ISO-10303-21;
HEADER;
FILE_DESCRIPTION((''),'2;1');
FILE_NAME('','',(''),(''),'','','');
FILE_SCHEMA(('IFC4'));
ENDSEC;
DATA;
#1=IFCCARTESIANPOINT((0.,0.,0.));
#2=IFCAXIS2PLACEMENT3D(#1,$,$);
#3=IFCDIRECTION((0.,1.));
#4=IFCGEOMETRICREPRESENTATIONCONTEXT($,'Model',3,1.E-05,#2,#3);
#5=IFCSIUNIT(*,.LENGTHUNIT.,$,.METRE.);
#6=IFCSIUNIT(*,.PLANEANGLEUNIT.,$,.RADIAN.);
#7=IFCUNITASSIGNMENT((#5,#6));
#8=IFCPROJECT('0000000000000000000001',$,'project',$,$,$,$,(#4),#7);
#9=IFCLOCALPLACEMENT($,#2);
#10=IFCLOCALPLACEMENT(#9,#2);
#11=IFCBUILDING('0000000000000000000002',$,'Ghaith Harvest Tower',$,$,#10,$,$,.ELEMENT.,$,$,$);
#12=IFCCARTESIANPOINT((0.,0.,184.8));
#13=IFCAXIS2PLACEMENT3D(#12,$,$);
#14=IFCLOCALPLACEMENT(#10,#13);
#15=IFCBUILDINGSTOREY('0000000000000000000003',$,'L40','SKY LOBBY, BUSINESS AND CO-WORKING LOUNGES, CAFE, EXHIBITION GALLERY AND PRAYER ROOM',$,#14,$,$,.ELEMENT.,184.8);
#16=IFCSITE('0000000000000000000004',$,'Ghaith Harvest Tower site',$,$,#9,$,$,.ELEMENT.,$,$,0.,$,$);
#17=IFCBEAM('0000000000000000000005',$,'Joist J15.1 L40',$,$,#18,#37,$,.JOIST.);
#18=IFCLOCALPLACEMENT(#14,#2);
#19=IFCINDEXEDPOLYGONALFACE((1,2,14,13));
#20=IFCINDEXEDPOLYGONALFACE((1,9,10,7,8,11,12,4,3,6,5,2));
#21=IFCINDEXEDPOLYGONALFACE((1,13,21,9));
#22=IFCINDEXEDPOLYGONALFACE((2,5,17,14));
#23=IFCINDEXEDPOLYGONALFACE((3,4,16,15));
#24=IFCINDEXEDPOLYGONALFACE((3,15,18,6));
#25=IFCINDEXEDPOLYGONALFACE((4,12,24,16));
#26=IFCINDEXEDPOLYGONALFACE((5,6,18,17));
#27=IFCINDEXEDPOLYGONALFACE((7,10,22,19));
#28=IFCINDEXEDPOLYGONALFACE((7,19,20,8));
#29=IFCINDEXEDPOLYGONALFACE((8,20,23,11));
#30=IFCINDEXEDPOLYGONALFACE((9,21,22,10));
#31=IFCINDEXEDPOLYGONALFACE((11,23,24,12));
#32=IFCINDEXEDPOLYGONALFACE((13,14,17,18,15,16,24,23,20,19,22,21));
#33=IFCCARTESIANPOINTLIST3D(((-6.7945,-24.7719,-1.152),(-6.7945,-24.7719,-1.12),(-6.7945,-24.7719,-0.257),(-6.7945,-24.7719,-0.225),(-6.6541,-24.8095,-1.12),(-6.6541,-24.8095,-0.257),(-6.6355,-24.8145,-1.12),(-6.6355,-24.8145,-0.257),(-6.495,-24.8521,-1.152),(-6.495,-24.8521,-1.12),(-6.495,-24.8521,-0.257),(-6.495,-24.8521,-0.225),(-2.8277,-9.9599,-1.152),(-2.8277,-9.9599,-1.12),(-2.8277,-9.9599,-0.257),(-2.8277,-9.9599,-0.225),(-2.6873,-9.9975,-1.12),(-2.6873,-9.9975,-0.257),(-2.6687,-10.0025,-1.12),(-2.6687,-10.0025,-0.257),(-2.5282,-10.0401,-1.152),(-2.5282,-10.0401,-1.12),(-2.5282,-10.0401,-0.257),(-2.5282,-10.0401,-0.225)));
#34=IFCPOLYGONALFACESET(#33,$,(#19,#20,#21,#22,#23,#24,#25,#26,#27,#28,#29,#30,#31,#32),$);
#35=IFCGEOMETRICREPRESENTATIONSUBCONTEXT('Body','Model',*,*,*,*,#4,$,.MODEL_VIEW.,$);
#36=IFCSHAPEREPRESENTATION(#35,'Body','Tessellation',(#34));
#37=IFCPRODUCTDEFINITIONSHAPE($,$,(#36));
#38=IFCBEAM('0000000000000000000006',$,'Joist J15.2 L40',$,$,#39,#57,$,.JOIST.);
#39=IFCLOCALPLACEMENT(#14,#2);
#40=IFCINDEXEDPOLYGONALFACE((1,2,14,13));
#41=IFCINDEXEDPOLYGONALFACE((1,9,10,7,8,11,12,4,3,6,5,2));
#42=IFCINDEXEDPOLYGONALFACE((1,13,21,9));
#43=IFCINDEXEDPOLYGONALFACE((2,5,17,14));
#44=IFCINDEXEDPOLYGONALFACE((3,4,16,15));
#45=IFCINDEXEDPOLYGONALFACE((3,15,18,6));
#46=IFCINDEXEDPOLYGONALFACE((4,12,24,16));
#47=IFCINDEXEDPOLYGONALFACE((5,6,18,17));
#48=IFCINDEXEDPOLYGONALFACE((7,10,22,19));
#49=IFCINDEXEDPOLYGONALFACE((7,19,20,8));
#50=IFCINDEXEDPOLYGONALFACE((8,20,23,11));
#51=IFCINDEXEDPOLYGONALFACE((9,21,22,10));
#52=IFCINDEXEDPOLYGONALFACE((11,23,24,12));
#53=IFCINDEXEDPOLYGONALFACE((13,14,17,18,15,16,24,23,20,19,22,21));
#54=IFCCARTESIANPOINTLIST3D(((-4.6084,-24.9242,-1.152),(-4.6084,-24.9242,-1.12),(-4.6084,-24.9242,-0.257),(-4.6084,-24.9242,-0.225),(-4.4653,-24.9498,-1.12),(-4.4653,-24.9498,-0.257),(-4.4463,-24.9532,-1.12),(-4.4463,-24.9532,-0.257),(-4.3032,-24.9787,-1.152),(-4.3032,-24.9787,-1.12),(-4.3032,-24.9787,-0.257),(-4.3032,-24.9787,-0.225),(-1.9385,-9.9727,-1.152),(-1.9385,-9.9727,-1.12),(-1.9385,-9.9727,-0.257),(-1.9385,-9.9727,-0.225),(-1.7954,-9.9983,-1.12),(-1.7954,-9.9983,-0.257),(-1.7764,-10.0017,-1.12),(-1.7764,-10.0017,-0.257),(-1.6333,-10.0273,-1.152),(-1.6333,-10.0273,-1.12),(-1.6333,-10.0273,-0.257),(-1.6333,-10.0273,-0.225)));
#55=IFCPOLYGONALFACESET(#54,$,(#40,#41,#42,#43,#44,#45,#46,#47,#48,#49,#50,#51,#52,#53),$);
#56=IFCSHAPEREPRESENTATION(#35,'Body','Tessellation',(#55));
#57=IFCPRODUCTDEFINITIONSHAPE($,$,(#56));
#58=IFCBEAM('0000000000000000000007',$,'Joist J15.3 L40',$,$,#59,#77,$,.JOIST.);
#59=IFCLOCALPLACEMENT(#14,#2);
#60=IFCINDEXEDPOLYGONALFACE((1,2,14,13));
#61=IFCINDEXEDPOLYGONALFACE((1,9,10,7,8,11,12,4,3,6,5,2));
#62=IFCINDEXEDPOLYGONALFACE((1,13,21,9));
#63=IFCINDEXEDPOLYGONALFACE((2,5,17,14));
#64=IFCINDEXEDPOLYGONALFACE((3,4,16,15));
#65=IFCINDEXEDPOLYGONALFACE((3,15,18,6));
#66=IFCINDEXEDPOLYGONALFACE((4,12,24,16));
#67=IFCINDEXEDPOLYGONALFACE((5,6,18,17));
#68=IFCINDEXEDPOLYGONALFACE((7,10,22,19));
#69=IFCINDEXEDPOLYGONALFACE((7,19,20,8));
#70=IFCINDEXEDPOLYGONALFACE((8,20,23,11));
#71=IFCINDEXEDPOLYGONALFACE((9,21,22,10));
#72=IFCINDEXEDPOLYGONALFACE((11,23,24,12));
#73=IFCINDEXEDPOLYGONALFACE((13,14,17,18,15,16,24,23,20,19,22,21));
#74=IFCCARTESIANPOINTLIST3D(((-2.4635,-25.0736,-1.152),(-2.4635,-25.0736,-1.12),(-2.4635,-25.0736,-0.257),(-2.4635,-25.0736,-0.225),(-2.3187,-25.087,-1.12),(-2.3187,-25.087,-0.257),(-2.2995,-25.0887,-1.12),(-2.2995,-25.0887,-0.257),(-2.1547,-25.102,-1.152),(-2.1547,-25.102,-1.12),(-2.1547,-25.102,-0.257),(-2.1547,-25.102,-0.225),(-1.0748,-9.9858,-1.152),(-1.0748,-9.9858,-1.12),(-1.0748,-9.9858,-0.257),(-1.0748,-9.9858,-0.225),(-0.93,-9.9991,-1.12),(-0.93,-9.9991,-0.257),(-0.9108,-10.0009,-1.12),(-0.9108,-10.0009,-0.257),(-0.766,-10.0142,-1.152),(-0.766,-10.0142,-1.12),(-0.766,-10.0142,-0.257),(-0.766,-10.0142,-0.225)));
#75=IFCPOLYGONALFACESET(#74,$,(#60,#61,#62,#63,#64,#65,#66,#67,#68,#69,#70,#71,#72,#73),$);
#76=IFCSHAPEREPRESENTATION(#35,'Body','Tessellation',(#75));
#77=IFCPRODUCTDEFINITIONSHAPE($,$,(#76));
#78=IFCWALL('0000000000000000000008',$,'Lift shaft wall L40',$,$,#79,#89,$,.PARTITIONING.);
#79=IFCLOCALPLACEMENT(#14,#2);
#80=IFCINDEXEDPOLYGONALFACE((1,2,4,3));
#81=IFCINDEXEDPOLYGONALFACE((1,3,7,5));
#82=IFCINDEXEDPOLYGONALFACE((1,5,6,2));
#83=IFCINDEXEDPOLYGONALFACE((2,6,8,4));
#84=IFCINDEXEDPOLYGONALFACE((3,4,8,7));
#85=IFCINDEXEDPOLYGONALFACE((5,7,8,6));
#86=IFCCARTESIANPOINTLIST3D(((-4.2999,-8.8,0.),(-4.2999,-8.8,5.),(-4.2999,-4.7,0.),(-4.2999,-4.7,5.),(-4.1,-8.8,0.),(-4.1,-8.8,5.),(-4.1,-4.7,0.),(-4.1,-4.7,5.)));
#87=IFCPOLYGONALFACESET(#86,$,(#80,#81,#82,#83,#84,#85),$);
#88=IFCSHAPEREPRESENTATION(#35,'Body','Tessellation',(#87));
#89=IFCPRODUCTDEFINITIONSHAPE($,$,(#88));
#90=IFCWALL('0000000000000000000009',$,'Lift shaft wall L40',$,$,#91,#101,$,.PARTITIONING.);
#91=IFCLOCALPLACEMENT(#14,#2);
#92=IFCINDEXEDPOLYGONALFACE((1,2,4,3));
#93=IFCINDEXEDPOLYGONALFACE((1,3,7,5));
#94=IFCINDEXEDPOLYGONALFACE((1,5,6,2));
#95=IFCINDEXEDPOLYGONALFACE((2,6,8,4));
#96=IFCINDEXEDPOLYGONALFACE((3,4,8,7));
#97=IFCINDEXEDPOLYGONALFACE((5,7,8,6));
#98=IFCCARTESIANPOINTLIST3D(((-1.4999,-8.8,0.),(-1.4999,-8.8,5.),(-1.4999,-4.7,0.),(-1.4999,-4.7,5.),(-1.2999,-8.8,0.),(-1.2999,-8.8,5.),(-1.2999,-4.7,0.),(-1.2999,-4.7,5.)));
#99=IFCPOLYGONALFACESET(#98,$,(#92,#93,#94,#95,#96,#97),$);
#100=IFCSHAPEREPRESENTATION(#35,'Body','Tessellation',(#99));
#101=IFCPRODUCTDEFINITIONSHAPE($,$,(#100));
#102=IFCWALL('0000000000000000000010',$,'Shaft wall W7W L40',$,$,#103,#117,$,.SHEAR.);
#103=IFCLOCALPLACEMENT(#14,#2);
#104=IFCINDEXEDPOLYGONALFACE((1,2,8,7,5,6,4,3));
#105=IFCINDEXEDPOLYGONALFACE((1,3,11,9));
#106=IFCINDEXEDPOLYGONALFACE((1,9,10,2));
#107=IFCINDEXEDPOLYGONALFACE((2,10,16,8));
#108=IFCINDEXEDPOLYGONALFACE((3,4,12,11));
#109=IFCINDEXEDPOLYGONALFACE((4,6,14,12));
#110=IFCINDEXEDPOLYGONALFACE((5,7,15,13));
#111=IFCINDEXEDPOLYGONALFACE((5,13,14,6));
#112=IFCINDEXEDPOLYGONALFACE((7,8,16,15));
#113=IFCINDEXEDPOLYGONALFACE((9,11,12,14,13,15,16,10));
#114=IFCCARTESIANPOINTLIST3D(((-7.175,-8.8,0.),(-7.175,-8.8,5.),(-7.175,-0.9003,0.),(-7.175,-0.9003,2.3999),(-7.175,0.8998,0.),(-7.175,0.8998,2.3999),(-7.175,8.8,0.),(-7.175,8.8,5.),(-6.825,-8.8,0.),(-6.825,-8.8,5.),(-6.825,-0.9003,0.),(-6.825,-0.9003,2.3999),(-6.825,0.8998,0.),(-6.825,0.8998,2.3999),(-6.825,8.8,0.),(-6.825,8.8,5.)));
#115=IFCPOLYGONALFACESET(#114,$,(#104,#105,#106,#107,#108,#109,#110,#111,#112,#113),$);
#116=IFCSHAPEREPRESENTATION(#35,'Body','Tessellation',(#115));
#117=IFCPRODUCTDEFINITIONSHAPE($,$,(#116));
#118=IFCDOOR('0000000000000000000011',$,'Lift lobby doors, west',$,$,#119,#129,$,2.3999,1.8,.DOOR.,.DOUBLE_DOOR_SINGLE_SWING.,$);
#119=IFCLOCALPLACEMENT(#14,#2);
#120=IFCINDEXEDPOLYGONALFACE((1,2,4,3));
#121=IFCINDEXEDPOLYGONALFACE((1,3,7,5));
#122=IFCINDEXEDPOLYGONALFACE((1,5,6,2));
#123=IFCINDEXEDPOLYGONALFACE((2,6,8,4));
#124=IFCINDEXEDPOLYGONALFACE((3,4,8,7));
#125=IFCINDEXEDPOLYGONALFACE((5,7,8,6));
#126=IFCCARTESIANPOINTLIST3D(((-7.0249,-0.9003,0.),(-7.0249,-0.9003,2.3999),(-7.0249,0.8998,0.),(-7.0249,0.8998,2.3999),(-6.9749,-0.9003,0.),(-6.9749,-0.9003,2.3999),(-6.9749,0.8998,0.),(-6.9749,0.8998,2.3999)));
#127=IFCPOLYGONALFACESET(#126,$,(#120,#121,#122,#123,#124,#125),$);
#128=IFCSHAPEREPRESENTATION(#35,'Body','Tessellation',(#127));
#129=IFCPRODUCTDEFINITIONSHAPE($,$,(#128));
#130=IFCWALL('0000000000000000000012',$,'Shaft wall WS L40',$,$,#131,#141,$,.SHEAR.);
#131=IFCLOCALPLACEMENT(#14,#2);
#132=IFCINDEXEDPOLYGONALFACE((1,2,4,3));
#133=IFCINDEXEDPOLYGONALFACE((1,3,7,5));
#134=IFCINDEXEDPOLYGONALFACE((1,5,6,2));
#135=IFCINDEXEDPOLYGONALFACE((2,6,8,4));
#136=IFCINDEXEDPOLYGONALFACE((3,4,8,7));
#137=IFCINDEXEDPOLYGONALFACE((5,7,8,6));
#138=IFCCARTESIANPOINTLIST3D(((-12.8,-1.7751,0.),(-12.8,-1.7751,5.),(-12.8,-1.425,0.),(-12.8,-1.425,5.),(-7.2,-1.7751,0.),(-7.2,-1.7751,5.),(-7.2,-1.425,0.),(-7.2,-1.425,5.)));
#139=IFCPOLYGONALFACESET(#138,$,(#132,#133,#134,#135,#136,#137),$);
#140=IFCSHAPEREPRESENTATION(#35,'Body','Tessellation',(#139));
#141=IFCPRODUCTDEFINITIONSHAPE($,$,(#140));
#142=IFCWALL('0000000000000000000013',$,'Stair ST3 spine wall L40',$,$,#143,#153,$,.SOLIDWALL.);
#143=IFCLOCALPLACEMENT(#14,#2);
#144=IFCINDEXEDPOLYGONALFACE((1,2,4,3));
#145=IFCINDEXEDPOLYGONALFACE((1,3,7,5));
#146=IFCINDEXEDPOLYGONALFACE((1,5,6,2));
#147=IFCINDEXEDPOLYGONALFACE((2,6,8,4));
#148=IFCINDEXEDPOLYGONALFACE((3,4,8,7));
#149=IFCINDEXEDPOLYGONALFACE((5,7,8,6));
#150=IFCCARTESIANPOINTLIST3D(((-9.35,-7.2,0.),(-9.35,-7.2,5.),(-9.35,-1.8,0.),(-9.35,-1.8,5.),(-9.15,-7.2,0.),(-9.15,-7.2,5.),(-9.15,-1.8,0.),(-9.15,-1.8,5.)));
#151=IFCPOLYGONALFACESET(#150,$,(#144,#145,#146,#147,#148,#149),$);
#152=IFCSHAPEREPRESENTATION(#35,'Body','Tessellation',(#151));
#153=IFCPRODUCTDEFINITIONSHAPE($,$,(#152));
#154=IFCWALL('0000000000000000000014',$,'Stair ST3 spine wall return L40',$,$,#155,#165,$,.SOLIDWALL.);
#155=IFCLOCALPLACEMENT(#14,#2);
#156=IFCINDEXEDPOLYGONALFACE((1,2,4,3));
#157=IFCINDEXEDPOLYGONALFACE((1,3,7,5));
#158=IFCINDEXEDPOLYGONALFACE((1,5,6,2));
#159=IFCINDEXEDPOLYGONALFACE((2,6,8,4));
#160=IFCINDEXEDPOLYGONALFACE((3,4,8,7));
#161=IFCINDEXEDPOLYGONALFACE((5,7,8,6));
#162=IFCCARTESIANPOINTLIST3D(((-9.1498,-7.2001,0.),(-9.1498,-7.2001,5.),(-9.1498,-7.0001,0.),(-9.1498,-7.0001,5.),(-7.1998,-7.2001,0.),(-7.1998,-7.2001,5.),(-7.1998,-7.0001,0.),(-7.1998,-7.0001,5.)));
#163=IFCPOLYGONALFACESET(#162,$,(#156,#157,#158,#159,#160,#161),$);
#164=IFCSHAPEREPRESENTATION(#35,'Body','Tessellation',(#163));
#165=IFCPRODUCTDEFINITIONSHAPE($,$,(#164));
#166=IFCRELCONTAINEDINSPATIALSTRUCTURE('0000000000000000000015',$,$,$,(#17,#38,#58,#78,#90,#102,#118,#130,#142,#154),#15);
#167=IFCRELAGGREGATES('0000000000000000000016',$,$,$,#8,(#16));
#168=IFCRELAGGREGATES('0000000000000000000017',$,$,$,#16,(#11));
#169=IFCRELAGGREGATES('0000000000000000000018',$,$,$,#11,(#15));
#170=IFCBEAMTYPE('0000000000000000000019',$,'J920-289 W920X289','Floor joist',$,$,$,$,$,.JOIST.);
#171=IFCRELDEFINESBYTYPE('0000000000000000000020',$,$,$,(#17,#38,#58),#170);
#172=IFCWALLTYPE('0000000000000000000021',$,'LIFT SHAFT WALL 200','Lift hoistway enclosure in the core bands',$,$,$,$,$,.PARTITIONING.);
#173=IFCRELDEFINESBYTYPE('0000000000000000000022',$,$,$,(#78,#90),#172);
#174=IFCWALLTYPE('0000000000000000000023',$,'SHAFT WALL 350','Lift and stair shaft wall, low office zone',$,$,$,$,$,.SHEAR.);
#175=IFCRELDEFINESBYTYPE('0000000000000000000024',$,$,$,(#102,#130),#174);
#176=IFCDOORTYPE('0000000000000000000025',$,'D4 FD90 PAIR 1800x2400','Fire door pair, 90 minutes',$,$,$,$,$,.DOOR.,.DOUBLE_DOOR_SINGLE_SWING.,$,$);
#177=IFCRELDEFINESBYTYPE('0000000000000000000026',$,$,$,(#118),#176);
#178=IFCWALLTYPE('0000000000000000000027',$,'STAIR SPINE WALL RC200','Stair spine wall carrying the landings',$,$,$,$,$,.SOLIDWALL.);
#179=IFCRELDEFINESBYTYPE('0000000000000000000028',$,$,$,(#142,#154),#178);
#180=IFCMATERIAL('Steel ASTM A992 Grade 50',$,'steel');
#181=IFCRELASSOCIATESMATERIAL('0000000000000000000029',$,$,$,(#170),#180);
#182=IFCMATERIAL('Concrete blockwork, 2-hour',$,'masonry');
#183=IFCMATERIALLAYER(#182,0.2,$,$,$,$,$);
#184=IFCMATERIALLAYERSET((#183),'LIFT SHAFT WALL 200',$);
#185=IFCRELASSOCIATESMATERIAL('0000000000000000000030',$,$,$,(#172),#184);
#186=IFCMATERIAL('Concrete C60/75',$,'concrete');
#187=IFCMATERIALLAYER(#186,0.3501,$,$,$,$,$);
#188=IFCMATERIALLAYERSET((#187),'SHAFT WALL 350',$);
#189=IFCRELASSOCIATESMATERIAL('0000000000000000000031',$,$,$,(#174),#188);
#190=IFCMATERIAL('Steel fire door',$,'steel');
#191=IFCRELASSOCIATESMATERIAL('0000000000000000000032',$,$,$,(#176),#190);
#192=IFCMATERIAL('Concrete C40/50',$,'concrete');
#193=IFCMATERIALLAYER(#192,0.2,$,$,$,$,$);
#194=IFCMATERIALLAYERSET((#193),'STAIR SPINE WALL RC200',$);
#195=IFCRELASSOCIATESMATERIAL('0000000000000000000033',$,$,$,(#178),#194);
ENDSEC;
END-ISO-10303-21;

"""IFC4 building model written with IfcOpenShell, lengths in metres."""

from ifc_helpers import new_model, si_unit, direction, frame, frame_2d, origin, origin_2d, place, context, subcontext, project, spatial, rectangle, i_section, extrude, material, layer, layer_set, material_profile, profile_set, type_object, element, fill, save


model = new_model("IFC4")

# Units and contexts
model_context = context("Model", 3, precision=1e-05, world=origin(), true_north=direction((0.0, 1.0)))
body_context = subcontext(model_context, "Body", "Model", "MODEL_VIEW")
ifc_project = project(units=[si_unit("LENGTHUNIT", "METRE"), si_unit("PLANEANGLEUNIT", "RADIAN")], contexts=[model_context])

# Site, building, storey
site_placement = place(None, origin())
site = spatial("IfcSite", under=ifc_project, at=site_placement, Name="Ghaith Harvest Tower site", CompositionType="ELEMENT", RefElevation=0.0)
building_placement = place(site_placement, origin())
building = spatial("IfcBuilding", under=site, at=building_placement, Name="Ghaith Harvest Tower", CompositionType="ELEMENT")
storey_placement = place(building_placement, frame((0.0, 0.0, 184.8)))
storey = spatial("IfcBuildingStorey", under=building, at=storey_placement, Name="L40", Description="SKY LOBBY, BUSINESS AND CO-WORKING LOUNGES, CAFE, EXHIBITION GALLERY AND PRAYER ROOM", CompositionType="ELEMENT", Elevation=184.8)

# Beams
ifc_material_1 = material(Name="Steel ASTM A992 Grade 50", Category="steel")
ifc_material_profile_1 = material_profile(ifc_material_1, i_section(OverallWidth=0.3101, OverallDepth=0.927, WebThickness=0.0193, FlangeThickness=0.032, at=origin_2d()), Name="W920X289")
ifc_profile_set_1 = profile_set([ifc_material_profile_1], Name="Steel ASTM A992 Grade 50")
beam_type_1 = type_object("IfcBeamType", Name="J920-289 W920X289", Description="Floor joist", PredefinedType="JOIST", material=ifc_profile_set_1)
beam_1_placement = place(storey_placement, frame((-2.678, -10.0, -0.6885), z_axis=(-0.258693, -0.96596, 0.0), x_axis=(0.96596, -0.258693, 0.0)))
element("IfcBeam", 1, at=beam_1_placement, inside=storey, type_object=beam_type_1, Name="Joist J15.1 L40", PredefinedType="JOIST", context=body_context, shape_type="SweptSolid", body=[
    extrude(i_section(OverallWidth=0.3101, OverallDepth=0.927, WebThickness=0.0193, FlangeThickness=0.032, at=origin_2d()), origin(), (0.0, 0.0, 1.0), 15.334),
])
beam_2_placement = place(storey_placement, frame((-1.7859, -10.0, -0.6885), z_axis=(-0.175792, -0.984427, 0.0), x_axis=(0.984427, -0.175792, 0.0)))
element("IfcBeam", 2, at=beam_2_placement, inside=storey, type_object=beam_type_1, Name="Joist J15.2 L40", PredefinedType="JOIST", context=body_context, shape_type="SweptSolid", body=[
    extrude(i_section(OverallWidth=0.3101, OverallDepth=0.927, WebThickness=0.0193, FlangeThickness=0.032, at=origin_2d()), origin(), (0.0, 0.0, 1.0), 15.188),
])
beam_3_placement = place(storey_placement, frame((-0.9204, -10.0, -0.6885), z_axis=(-0.091651, -0.995791, 0.0), x_axis=(0.995791, -0.091651, 0.0)))
element("IfcBeam", 3, at=beam_3_placement, inside=storey, type_object=beam_type_1, Name="Joist J15.3 L40", PredefinedType="JOIST", context=body_context, shape_type="SweptSolid", body=[
    extrude(i_section(OverallWidth=0.3101, OverallDepth=0.927, WebThickness=0.0193, FlangeThickness=0.032, at=origin_2d()), origin(), (0.0, 0.0, 1.0), 15.1516),
])

# Walls
ifc_material_2 = material(Name="Concrete blockwork, 2-hour", Category="masonry")
ifc_layer_1 = layer(ifc_material_2, 0.2)
ifc_layer_set_1 = layer_set([ifc_layer_1], Name="LIFT SHAFT WALL 200")
wall_type_1 = type_object("IfcWallType", Name="LIFT SHAFT WALL 200", Description="Lift hoistway enclosure in the core bands", PredefinedType="PARTITIONING", material=ifc_layer_set_1)
for number, where, z_axis, x_axis, name in (
    (4, (-4.2, -4.7, 0.0), (0.0, 0.0, 1.0), (0.0, -1.0, 0.0), "Lift shaft wall L40"),
    (5, (-1.3999, -4.7, 0.0), (0.0, 0.0, 1.0), (0.0, -1.0, 0.0), "Lift shaft wall L40"),
):
    element("IfcWall", number, at=place(storey_placement, frame(where, z_axis=z_axis, x_axis=x_axis)), inside=storey, type_object=wall_type_1, Name=name, PredefinedType="PARTITIONING", context=body_context, shape_type="SweptSolid", body=[
        extrude(rectangle(XDim=4.1001, YDim=0.2, at=frame_2d((2.05, 0.0))), origin(), (0.0, 0.0, 1.0), 5.0),
    ])

# Wall, opening, door
ifc_material_3 = material(Name="Concrete C60/75", Category="concrete")
ifc_layer_2 = layer(ifc_material_3, 0.3501)
ifc_layer_set_2 = layer_set([ifc_layer_2], Name="SHAFT WALL 350")
wall_type_2 = type_object("IfcWallType", Name="SHAFT WALL 350", Description="Lift and stair shaft wall, low office zone", PredefinedType="SHEAR", material=ifc_layer_set_2)
wall_1_placement = place(storey_placement, frame((-7.0, -8.8, 0.0), z_axis=(0.0, 0.0, 1.0), x_axis=(0.0, 1.0, 0.0)))
wall_1 = element("IfcWall", 6, at=wall_1_placement, inside=storey, type_object=wall_type_2, Name="Shaft wall W7W L40", PredefinedType="SHEAR", context=body_context, shape_type="SweptSolid", body=[
    extrude(rectangle(XDim=17.6001, YDim=0.3501, at=frame_2d((8.8, 0.0))), origin(), (0.0, 0.0, 1.0), 5.0),
])
opening_1_placement = place(wall_1_placement, frame((7.8999, 0.0, 0.0)))
opening_1 = element("IfcOpeningElement", 7, at=opening_1_placement, cuts=wall_1, PredefinedType="OPENING", context=body_context, shape_type="SweptSolid", body=[
    extrude(rectangle(XDim=1.8, YDim=2.3999, at=frame_2d((0.8999, 1.2))), frame((0.0, 0.1851, 0.0), z_axis=(0.0, -1.0, 0.0), x_axis=(1.0, 0.0, 0.0)), (0.0, 0.0, 1.0), 0.3701),
])
ifc_material_4 = material(Name="Steel fire door", Category="steel")
door_type_1 = type_object("IfcDoorType", Name="D4 FD90 PAIR 1800x2400", Description="Fire door pair, 90 minutes", OperationType="DOUBLE_DOOR_SINGLE_SWING", PredefinedType="DOOR", material=ifc_material_4)
door_1_placement = place(opening_1_placement, origin())
door_1 = element("IfcDoor", 8, at=door_1_placement, inside=storey, type_object=door_type_1, Name="Lift lobby doors, west", OperationType="DOUBLE_DOOR_SINGLE_SWING", OverallHeight=2.3999, OverallWidth=1.8, PredefinedType="DOOR", context=body_context, shape_type="SweptSolid", body=[
    extrude(rectangle(XDim=1.8, YDim=2.3999, at=frame_2d((0.8999, 1.2))), frame((0.0, 0.0249, 0.0), z_axis=(0.0, -1.0, 0.0), x_axis=(1.0, 0.0, 0.0)), (0.0, 0.0, 1.0), 0.05),
])
fill(opening_1, door_1)

# Walls
wall_2_placement = place(storey_placement, frame((-12.8, -1.6001, 0.0), z_axis=(0.0, 0.0, 1.0), x_axis=(1.0, 0.0, 0.0)))
element("IfcWall", 9, at=wall_2_placement, inside=storey, type_object=wall_type_2, Name="Shaft wall WS L40", PredefinedType="SHEAR", context=body_context, shape_type="SweptSolid", body=[
    extrude(rectangle(XDim=5.6001, YDim=0.3501, at=frame_2d((2.8, 0.0))), origin(), (0.0, 0.0, 1.0), 5.0),
])
ifc_material_5 = material(Name="Concrete C40/50", Category="concrete")
ifc_layer_3 = layer(ifc_material_5, 0.2)
ifc_layer_set_3 = layer_set([ifc_layer_3], Name="STAIR SPINE WALL RC200")
wall_type_3 = type_object("IfcWallType", Name="STAIR SPINE WALL RC200", Description="Stair spine wall carrying the landings", PredefinedType="SOLIDWALL", material=ifc_layer_set_3)
wall_3_placement = place(storey_placement, frame((-9.25, -7.2, 0.0), z_axis=(0.0, 0.0, 1.0), x_axis=(0.0, 1.0, 0.0)))
element("IfcWall", 10, at=wall_3_placement, inside=storey, type_object=wall_type_3, Name="Stair ST3 spine wall L40", PredefinedType="SOLIDWALL", context=body_context, shape_type="SweptSolid", body=[
    extrude(rectangle(XDim=5.3999, YDim=0.2, at=frame_2d((2.7, 0.0))), origin(), (0.0, 0.0, 1.0), 5.0),
])
wall_4_placement = place(storey_placement, frame((-9.1499, -7.1001, 0.0), z_axis=(0.0, 0.0, 1.0), x_axis=(1.0, 0.0, 0.0)))
element("IfcWall", 11, at=wall_4_placement, inside=storey, type_object=wall_type_3, Name="Stair ST3 spine wall return L40", PredefinedType="SOLIDWALL", context=body_context, shape_type="SweptSolid", body=[
    extrude(rectangle(XDim=1.95, YDim=0.2, at=frame_2d((0.9751, 0.0))), origin(), (0.0, 0.0, 1.0), 5.0),
])

save(model, "model.ifc")
